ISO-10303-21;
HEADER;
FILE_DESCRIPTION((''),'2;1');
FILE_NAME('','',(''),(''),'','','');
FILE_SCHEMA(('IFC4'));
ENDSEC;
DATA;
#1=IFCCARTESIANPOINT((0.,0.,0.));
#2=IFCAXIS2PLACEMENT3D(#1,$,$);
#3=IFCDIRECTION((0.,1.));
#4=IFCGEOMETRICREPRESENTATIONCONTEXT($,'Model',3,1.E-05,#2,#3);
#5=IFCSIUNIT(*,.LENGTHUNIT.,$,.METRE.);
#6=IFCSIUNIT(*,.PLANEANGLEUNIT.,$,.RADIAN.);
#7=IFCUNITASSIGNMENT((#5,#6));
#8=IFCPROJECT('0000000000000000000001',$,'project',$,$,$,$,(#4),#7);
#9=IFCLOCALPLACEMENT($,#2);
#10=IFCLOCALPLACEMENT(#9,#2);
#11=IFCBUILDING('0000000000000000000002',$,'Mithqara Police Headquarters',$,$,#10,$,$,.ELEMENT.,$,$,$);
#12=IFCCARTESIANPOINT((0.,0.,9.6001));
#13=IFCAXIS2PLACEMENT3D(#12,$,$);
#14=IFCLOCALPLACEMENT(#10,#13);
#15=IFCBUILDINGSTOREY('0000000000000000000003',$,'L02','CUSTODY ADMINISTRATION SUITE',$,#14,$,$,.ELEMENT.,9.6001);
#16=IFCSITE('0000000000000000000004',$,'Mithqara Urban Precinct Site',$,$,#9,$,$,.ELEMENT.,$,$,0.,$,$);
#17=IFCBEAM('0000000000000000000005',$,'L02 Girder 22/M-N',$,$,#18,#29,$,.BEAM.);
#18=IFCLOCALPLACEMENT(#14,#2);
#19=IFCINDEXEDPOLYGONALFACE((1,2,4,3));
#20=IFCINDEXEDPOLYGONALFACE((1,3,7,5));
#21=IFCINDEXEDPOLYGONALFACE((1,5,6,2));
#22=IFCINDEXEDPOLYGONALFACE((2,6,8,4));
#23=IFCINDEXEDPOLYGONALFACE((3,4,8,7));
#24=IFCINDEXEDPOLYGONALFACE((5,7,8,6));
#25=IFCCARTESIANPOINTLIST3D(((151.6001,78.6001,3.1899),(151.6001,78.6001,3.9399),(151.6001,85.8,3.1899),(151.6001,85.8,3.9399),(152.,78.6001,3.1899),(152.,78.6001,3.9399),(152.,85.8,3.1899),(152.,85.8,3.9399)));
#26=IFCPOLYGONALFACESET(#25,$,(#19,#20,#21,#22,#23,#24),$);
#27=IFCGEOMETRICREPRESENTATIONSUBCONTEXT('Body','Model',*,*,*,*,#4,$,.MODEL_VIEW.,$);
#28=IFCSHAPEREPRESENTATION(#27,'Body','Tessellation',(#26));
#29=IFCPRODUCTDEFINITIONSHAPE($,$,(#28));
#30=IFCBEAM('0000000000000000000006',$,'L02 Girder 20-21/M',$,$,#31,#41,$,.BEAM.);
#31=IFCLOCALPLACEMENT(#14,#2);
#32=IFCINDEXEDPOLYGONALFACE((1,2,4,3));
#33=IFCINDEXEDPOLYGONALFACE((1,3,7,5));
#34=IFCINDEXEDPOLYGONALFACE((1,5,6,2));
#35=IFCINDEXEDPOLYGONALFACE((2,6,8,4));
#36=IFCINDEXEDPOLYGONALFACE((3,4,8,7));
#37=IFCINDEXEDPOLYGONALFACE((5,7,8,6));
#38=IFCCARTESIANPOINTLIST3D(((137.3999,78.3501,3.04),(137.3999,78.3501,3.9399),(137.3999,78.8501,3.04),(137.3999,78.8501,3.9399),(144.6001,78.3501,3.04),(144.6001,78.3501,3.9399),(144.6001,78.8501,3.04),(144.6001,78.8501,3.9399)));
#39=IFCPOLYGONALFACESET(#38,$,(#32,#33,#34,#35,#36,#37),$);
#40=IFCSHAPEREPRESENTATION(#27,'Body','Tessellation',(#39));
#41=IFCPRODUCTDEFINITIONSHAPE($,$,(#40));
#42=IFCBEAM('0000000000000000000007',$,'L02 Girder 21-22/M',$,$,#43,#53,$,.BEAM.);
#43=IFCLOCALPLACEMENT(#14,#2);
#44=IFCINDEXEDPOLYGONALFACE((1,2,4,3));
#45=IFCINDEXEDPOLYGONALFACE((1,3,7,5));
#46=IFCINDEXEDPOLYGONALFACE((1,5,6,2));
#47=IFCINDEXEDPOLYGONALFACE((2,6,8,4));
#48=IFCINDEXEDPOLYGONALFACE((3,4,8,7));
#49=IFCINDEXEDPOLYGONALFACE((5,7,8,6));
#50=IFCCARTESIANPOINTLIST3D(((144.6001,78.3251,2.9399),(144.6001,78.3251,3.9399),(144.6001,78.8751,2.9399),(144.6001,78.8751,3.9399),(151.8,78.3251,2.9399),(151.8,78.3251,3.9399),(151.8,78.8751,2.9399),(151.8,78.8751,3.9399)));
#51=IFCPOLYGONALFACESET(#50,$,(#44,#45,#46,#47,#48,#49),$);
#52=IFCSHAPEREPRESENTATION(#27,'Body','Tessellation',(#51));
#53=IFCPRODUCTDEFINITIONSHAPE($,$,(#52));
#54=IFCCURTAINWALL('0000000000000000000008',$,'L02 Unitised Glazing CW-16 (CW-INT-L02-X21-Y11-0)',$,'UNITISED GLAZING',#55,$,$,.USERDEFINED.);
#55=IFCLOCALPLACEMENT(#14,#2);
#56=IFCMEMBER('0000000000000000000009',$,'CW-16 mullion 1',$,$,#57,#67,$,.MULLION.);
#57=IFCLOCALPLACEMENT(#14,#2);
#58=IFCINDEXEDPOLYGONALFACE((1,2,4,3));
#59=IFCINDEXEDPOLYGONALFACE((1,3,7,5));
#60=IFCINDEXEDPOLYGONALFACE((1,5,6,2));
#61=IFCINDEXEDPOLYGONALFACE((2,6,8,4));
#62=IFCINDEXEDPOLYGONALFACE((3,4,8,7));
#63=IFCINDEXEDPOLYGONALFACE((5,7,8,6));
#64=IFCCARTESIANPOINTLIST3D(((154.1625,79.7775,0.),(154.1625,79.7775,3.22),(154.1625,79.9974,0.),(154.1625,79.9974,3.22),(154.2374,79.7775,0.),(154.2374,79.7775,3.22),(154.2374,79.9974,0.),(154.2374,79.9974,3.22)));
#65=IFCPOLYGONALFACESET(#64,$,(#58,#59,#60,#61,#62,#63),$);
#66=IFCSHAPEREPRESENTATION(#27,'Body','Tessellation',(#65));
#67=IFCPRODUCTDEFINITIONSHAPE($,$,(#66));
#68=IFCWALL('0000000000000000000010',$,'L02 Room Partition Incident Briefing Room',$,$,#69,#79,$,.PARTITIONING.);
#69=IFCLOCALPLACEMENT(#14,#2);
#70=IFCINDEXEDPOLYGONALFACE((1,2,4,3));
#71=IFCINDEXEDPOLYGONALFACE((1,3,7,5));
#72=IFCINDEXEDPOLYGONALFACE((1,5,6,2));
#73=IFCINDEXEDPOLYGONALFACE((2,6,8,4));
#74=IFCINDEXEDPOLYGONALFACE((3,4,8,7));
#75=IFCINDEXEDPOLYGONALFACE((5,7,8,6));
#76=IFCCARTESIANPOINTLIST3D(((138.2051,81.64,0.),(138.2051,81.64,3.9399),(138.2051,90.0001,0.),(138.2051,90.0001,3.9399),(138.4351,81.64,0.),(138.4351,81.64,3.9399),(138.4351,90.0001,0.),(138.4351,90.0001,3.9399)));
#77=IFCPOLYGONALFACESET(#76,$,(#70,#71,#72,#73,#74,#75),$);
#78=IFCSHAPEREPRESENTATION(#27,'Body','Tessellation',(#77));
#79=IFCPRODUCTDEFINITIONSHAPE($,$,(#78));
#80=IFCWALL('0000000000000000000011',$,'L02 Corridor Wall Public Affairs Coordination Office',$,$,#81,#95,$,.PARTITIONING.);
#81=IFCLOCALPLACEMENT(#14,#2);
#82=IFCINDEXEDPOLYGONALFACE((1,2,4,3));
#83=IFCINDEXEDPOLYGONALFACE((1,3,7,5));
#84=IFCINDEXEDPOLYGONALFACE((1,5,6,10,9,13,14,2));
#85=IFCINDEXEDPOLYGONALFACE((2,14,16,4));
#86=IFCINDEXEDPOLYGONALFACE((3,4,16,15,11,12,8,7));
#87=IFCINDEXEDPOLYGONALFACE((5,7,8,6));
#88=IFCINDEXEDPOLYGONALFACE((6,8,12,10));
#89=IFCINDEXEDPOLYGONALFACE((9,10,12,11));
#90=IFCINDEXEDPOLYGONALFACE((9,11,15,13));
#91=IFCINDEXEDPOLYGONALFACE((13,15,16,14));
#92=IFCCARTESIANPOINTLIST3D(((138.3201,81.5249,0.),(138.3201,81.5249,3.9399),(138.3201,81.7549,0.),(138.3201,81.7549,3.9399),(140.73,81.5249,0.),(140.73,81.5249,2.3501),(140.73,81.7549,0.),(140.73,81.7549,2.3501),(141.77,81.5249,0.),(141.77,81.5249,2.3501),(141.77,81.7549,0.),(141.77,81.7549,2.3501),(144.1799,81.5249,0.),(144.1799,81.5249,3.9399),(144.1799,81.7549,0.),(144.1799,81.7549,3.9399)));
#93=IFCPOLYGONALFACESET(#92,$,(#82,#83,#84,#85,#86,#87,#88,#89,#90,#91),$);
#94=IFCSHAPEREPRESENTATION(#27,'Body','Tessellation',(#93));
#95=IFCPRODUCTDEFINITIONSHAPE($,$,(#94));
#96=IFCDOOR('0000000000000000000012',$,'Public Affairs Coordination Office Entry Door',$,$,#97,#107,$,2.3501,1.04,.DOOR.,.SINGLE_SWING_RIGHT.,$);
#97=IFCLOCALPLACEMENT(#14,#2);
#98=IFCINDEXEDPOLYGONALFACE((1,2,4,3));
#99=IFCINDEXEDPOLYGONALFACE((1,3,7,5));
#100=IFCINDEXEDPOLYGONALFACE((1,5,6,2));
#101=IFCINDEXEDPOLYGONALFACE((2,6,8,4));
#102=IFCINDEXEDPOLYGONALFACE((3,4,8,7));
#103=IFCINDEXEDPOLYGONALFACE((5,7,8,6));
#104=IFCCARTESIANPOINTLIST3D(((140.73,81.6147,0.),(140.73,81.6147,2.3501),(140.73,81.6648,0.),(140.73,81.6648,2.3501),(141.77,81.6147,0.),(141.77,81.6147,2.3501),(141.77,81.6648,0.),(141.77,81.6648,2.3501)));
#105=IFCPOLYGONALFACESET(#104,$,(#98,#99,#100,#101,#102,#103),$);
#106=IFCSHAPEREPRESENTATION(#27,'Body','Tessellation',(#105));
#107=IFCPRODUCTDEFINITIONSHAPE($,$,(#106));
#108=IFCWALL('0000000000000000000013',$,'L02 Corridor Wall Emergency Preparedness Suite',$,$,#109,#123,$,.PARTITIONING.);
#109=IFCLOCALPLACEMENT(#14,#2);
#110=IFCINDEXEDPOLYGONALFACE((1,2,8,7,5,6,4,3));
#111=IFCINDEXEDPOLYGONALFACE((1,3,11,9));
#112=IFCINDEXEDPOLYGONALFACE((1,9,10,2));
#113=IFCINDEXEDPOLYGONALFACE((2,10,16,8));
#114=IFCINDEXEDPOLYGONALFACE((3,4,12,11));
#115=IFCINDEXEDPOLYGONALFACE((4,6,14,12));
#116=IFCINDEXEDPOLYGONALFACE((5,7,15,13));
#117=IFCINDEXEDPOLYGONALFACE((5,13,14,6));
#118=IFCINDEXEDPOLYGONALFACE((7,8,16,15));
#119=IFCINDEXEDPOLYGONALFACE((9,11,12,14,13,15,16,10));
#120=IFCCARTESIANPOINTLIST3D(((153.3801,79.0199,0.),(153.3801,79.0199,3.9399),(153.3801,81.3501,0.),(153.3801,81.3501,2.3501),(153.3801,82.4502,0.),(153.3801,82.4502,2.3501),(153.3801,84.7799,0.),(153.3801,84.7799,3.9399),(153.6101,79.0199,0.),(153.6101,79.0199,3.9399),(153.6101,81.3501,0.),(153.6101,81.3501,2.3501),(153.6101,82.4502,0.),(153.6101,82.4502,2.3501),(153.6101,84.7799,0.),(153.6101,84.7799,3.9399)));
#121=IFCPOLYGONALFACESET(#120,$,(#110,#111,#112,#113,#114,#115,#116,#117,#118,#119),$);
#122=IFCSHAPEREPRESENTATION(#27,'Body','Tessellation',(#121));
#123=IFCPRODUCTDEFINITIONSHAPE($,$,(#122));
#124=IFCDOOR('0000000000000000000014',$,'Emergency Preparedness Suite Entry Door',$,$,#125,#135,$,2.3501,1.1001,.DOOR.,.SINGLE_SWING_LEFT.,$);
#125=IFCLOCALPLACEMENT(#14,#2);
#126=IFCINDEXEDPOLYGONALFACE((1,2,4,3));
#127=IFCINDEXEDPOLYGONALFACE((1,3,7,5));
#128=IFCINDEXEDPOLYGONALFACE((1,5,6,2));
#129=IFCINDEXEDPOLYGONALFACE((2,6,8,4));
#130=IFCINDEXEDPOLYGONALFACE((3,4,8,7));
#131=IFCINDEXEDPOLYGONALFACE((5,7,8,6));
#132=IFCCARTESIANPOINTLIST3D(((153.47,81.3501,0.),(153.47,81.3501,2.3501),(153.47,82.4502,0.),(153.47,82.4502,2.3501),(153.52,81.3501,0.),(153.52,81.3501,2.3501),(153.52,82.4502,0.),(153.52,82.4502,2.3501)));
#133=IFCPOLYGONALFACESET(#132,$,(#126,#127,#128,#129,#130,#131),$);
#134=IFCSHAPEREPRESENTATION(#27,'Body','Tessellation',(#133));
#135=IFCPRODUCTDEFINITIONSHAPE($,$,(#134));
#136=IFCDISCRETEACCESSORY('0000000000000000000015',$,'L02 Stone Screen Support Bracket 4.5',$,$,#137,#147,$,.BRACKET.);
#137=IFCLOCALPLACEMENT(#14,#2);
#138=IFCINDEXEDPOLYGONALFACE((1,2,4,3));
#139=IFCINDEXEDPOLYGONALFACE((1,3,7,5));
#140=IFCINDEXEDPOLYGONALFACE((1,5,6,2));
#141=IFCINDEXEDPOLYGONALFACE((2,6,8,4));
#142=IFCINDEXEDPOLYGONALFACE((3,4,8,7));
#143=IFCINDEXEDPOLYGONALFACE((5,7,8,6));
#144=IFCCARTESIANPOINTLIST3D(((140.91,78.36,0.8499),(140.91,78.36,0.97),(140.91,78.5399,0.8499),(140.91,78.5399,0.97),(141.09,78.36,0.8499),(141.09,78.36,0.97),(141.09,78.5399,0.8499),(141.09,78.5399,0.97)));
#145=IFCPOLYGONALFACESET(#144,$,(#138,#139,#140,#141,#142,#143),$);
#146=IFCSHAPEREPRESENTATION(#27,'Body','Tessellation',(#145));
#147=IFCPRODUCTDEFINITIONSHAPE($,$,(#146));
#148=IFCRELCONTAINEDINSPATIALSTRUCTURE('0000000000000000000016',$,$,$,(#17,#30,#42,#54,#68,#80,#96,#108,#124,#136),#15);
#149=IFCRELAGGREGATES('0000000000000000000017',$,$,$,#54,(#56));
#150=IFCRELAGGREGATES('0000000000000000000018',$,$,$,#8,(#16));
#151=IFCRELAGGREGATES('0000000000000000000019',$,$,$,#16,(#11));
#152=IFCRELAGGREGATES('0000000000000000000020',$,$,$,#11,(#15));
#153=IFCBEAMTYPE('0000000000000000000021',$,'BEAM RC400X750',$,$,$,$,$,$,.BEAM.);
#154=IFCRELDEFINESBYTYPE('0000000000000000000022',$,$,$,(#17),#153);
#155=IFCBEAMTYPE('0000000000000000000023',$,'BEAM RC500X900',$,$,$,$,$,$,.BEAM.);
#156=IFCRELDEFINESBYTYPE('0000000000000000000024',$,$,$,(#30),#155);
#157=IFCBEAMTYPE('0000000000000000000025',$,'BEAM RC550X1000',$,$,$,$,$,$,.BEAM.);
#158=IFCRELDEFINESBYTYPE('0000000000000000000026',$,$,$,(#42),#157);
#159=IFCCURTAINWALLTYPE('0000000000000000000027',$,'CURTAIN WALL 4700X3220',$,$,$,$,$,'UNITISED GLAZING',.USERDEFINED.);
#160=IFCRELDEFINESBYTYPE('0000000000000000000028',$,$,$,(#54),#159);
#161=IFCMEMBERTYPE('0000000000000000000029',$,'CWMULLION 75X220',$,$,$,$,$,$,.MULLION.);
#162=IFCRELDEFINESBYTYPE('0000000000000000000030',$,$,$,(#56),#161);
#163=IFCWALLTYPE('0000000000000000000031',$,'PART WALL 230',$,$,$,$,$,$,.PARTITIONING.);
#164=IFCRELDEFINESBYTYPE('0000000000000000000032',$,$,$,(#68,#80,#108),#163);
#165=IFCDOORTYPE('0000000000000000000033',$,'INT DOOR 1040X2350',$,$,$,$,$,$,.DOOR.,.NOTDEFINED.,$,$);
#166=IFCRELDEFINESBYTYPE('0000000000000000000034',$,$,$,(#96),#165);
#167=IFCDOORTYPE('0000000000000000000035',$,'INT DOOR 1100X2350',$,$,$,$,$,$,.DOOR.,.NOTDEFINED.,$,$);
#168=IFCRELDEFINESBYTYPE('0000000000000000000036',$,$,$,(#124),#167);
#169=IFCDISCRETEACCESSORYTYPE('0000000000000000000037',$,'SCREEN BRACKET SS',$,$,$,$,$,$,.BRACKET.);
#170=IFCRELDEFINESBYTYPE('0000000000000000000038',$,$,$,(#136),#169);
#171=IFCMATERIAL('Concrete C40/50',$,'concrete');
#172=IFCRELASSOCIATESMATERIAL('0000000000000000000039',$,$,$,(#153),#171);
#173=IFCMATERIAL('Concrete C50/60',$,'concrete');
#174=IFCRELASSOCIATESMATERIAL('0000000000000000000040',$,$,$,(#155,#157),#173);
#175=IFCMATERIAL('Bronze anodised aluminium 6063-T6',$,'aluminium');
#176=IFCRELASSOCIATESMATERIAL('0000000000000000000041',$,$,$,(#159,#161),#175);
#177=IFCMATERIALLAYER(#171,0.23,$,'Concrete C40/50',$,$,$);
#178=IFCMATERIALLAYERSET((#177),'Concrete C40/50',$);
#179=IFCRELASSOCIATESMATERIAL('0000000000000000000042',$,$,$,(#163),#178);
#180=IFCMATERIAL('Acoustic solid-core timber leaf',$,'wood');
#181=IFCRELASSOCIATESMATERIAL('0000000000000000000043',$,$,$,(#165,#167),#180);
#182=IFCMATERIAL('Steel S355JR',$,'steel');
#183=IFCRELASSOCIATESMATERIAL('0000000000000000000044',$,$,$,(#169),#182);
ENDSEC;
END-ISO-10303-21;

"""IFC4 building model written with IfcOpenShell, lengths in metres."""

from ifc_helpers import new_model, si_unit, direction, frame, frame_2d, origin, origin_2d, place, context, subcontext, project, spatial, rectangle, extrude, material, layer, layer_set, material_profile, profile_set, type_object, element, fill, aggregate, save


model = new_model("IFC4")

# Units and contexts
model_context = context("Model", 3, precision=1e-05, world=origin(), true_north=direction((0.0, 1.0)))
body_context = subcontext(model_context, "Body", "Model", "MODEL_VIEW")
ifc_project = project(units=[si_unit("LENGTHUNIT", "METRE"), si_unit("PLANEANGLEUNIT", "RADIAN")], contexts=[model_context])

# Site, building, storey
site_placement = place(None, origin())
site = spatial("IfcSite", under=ifc_project, at=site_placement, Name="Mithqara Urban Precinct Site", CompositionType="ELEMENT", RefElevation=0.0)
building_placement = place(site_placement, origin())
building = spatial("IfcBuilding", under=site, at=building_placement, Name="Mithqara Police Headquarters", CompositionType="ELEMENT")
storey_placement = place(building_placement, frame((0.0, 0.0, 9.6001)))
storey = spatial("IfcBuildingStorey", under=building, at=storey_placement, Name="L02", Description="CUSTODY ADMINISTRATION SUITE", CompositionType="ELEMENT", Elevation=9.6001)

# Shared definitions
ifc_material_1 = material(Name="Concrete C50/60", Category="concrete")

# Beams
ifc_material_2 = material(Name="Steel S355JR", Category="steel")
ifc_material_3 = material(Name="Concrete C40/50", Category="concrete")
ifc_material_profile_1 = material_profile(ifc_material_3, rectangle(XDim=0.3999, YDim=0.75, at=origin_2d()), Name="RC 400x750")
ifc_profile_set_1 = profile_set([ifc_material_profile_1], Name="Concrete C40/50")
beam_type_1 = type_object("IfcBeamType", Name="BEAM RC400X750", PredefinedType="BEAM", material=ifc_profile_set_1)
beam_1_placement = place(storey_placement, frame((151.8, 78.6001, 3.5649), z_axis=(0.0, 1.0, 0.0), x_axis=(-1.0, 0.0, 0.0)))
element("IfcBeam", 1, at=beam_1_placement, inside=storey, type_object=beam_type_1, Name="L02 Girder 22/M-N", PredefinedType="BEAM", context=body_context, shape_type="SweptSolid", body=[
    extrude(rectangle(XDim=0.3999, YDim=0.75, at=origin_2d()), origin(), (0.0, 0.0, 1.0), 7.2),
])
ifc_material_profile_2 = material_profile(ifc_material_1, rectangle(XDim=0.5, YDim=0.8999, at=origin_2d()), Name="RC 500x900")
ifc_profile_set_2 = profile_set([ifc_material_profile_2], Name="Concrete C50/60")
beam_type_2 = type_object("IfcBeamType", Name="BEAM RC500X900", PredefinedType="BEAM", material=ifc_profile_set_2)
beam_2_placement = place(storey_placement, frame((137.3999, 78.6001, 3.49), z_axis=(1.0, 0.0, 0.0), x_axis=(0.0, 1.0, 0.0)))
element("IfcBeam", 2, at=beam_2_placement, inside=storey, type_object=beam_type_2, Name="L02 Girder 20-21/M", PredefinedType="BEAM", context=body_context, shape_type="SweptSolid", body=[
    extrude(rectangle(XDim=0.5, YDim=0.8999, at=origin_2d()), origin(), (0.0, 0.0, 1.0), 7.2002),
])
ifc_material_profile_3 = material_profile(ifc_material_1, rectangle(XDim=0.55, YDim=1.0, at=origin_2d()), Name="RC 550x1000")
ifc_profile_set_3 = profile_set([ifc_material_profile_3], Name="Concrete C50/60")
beam_type_3 = type_object("IfcBeamType", Name="BEAM RC550X1000", PredefinedType="BEAM", material=ifc_profile_set_3)
beam_3_placement = place(storey_placement, frame((144.6001, 78.6001, 3.4399), z_axis=(1.0, 0.0, 0.0), x_axis=(0.0, 1.0, 0.0)))
element("IfcBeam", 3, at=beam_3_placement, inside=storey, type_object=beam_type_3, Name="L02 Girder 21-22/M", PredefinedType="BEAM", context=body_context, shape_type="SweptSolid", body=[
    extrude(rectangle(XDim=0.55, YDim=1.0, at=origin_2d()), origin(), (0.0, 0.0, 1.0), 7.2),
])

# Curtain wall, member
ifc_material_4 = material(Name="Bronze anodised aluminium 6063-T6", Category="aluminium")
curtain_wall_type = type_object("IfcCurtainWallType", Name="CURTAIN WALL 4700X3220", ElementType="UNITISED GLAZING", PredefinedType="USERDEFINED", material=ifc_material_4)
curtain_wall_placement = place(storey_placement, origin())
curtain_wall = element("IfcCurtainWall", 4, at=curtain_wall_placement, inside=storey, type_object=curtain_wall_type, Name="L02 Unitised Glazing CW-16 (CW-INT-L02-X21-Y11-0)", ObjectType="UNITISED GLAZING", PredefinedType="USERDEFINED")
ifc_material_profile_4 = material_profile(ifc_material_4, rectangle(XDim=0.075, YDim=0.22, at=origin_2d()), Name="CWM 75x220")
ifc_profile_set_4 = profile_set([ifc_material_profile_4], Name="Bronze anodised aluminium 6063-T6")
member_type = type_object("IfcMemberType", Name="CWMULLION 75X220", PredefinedType="MULLION", material=ifc_profile_set_4)
member_placement = place(storey_placement, frame((154.2, 79.8875, 0.0), z_axis=(0.0, 0.0, 1.0), x_axis=(-1.0, 0.0, 0.0)))
member = element("IfcMember", 5, at=member_placement, type_object=member_type, Name="CW-16 mullion 1", PredefinedType="MULLION", context=body_context, shape_type="SweptSolid", body=[
    extrude(rectangle(XDim=0.075, YDim=0.22, at=origin_2d()), origin(), (0.0, 0.0, 1.0), 3.22),
])
aggregate(curtain_wall, [member])

# Wall
ifc_layer = layer(ifc_material_3, 0.23, Name="Concrete C40/50")
ifc_layer_set = layer_set([ifc_layer], Name="Concrete C40/50")
wall_type = type_object("IfcWallType", Name="PART WALL 230", PredefinedType="PARTITIONING", material=ifc_layer_set)
wall_1_placement = place(storey_placement, frame((138.3201, 81.6399, 0.0), z_axis=(0.0, 0.0, 1.0), x_axis=(0.0, 1.0, 0.0)))
element("IfcWall", 6, at=wall_1_placement, inside=storey, type_object=wall_type, Name="L02 Room Partition Incident Briefing Room", PredefinedType="PARTITIONING", context=body_context, shape_type="SweptSolid", body=[
    extrude(rectangle(XDim=8.3601, YDim=0.23, at=frame_2d((4.1802, 0.0))), origin(), (0.0, 0.0, 1.0), 3.9399),
])

# Walls, openings, doors
wall_2_placement = place(storey_placement, frame((138.3201, 81.6399, 0.0), z_axis=(0.0, 0.0, 1.0), x_axis=(1.0, 0.0, 0.0)))
wall_2 = element("IfcWall", 7, at=wall_2_placement, inside=storey, type_object=wall_type, Name="L02 Corridor Wall Public Affairs Coordination Office", PredefinedType="PARTITIONING", context=body_context, shape_type="SweptSolid", body=[
    extrude(rectangle(XDim=5.8599, YDim=0.23, at=frame_2d((2.9299, 0.0))), origin(), (0.0, 0.0, 1.0), 3.9399),
])
opening_1_placement = place(wall_2_placement, frame((2.4099, 0.0, 0.0)))
opening_1 = element("IfcOpeningElement", 8, at=opening_1_placement, cuts=wall_2, PredefinedType="OPENING", context=body_context, shape_type="SweptSolid", body=[
    extrude(rectangle(XDim=1.04, YDim=2.3501, at=frame_2d((0.52, 1.175))), frame((0.0, 0.125, 0.0), z_axis=(0.0, -1.0, 0.0), x_axis=(1.0, 0.0, 0.0)), (0.0, 0.0, 1.0), 0.25),
])
ifc_material_5 = material(Name="Acoustic solid-core timber leaf", Category="wood")
door_type_1 = type_object("IfcDoorType", Name="INT DOOR 1040X2350", OperationType="NOTDEFINED", PredefinedType="DOOR", material=ifc_material_5)
door_1_placement = place(opening_1_placement, origin())
door_1 = element("IfcDoor", 9, at=door_1_placement, inside=storey, type_object=door_type_1, Name="Public Affairs Coordination Office Entry Door", OperationType="SINGLE_SWING_RIGHT", OverallHeight=2.3501, OverallWidth=1.04, PredefinedType="DOOR", context=body_context, shape_type="SweptSolid", body=[
    extrude(rectangle(XDim=1.04, YDim=2.3501, at=frame_2d((0.52, 1.175))), frame((0.0, 0.0249, 0.0), z_axis=(0.0, -1.0, 0.0), x_axis=(1.0, 0.0, 0.0)), (0.0, 0.0, 1.0), 0.05),
])
fill(opening_1, door_1)
wall_3_placement = place(storey_placement, frame((153.4951, 79.02, 0.0), z_axis=(0.0, 0.0, 1.0), x_axis=(0.0, 1.0, 0.0)))
wall_3 = element("IfcWall", 10, at=wall_3_placement, inside=storey, type_object=wall_type, Name="L02 Corridor Wall Emergency Preparedness Suite", PredefinedType="PARTITIONING", context=body_context, shape_type="SweptSolid", body=[
    extrude(rectangle(XDim=5.76, YDim=0.23, at=frame_2d((2.8799, 0.0))), origin(), (0.0, 0.0, 1.0), 3.9399),
])
opening_2_placement = place(wall_3_placement, frame((2.3301, 0.0, 0.0)))
opening_2 = element("IfcOpeningElement", 11, at=opening_2_placement, cuts=wall_3, PredefinedType="OPENING", context=body_context, shape_type="SweptSolid", body=[
    extrude(rectangle(XDim=1.1001, YDim=2.3501, at=frame_2d((0.55, 1.175))), frame((0.0, 0.125, 0.0), z_axis=(0.0, -1.0, 0.0), x_axis=(1.0, 0.0, 0.0)), (0.0, 0.0, 1.0), 0.25),
])
door_type_2 = type_object("IfcDoorType", Name="INT DOOR 1100X2350", OperationType="NOTDEFINED", PredefinedType="DOOR", material=ifc_material_5)
door_2_placement = place(opening_2_placement, frame((1.1001, 0.0, 0.0), z_axis=(0.0, 0.0, 1.0), x_axis=(-1.0, 0.0, 0.0)))
door_2 = element("IfcDoor", 12, at=door_2_placement, inside=storey, type_object=door_type_2, Name="Emergency Preparedness Suite Entry Door", OperationType="SINGLE_SWING_LEFT", OverallHeight=2.3501, OverallWidth=1.1001, PredefinedType="DOOR", context=body_context, shape_type="SweptSolid", body=[
    extrude(rectangle(XDim=1.1001, YDim=2.3501, at=frame_2d((0.55, 1.175))), frame((0.0, 0.0249, 0.0), z_axis=(0.0, -1.0, 0.0), x_axis=(1.0, 0.0, 0.0)), (0.0, 0.0, 1.0), 0.05),
])
fill(opening_2, door_2)

# Discrete accessory
discrete_accessory_type = type_object("IfcDiscreteAccessoryType", Name="SCREEN BRACKET SS", PredefinedType="BRACKET", material=ifc_material_2)
discrete_accessory_placement = place(storey_placement, frame((141.0, 78.45, 0.8499), z_axis=(0.0, 0.0, 1.0), x_axis=(1.0, 0.0, 0.0)))
element("IfcDiscreteAccessory", 13, at=discrete_accessory_placement, inside=storey, type_object=discrete_accessory_type, Name="L02 Stone Screen Support Bracket 4.5", PredefinedType="BRACKET", context=body_context, shape_type="SweptSolid", body=[
    extrude(rectangle(XDim=0.1799, YDim=0.1799, at=origin_2d()), origin(), (0.0, 0.0, 1.0), 0.1201),
])

save(model, "model.ifc")
